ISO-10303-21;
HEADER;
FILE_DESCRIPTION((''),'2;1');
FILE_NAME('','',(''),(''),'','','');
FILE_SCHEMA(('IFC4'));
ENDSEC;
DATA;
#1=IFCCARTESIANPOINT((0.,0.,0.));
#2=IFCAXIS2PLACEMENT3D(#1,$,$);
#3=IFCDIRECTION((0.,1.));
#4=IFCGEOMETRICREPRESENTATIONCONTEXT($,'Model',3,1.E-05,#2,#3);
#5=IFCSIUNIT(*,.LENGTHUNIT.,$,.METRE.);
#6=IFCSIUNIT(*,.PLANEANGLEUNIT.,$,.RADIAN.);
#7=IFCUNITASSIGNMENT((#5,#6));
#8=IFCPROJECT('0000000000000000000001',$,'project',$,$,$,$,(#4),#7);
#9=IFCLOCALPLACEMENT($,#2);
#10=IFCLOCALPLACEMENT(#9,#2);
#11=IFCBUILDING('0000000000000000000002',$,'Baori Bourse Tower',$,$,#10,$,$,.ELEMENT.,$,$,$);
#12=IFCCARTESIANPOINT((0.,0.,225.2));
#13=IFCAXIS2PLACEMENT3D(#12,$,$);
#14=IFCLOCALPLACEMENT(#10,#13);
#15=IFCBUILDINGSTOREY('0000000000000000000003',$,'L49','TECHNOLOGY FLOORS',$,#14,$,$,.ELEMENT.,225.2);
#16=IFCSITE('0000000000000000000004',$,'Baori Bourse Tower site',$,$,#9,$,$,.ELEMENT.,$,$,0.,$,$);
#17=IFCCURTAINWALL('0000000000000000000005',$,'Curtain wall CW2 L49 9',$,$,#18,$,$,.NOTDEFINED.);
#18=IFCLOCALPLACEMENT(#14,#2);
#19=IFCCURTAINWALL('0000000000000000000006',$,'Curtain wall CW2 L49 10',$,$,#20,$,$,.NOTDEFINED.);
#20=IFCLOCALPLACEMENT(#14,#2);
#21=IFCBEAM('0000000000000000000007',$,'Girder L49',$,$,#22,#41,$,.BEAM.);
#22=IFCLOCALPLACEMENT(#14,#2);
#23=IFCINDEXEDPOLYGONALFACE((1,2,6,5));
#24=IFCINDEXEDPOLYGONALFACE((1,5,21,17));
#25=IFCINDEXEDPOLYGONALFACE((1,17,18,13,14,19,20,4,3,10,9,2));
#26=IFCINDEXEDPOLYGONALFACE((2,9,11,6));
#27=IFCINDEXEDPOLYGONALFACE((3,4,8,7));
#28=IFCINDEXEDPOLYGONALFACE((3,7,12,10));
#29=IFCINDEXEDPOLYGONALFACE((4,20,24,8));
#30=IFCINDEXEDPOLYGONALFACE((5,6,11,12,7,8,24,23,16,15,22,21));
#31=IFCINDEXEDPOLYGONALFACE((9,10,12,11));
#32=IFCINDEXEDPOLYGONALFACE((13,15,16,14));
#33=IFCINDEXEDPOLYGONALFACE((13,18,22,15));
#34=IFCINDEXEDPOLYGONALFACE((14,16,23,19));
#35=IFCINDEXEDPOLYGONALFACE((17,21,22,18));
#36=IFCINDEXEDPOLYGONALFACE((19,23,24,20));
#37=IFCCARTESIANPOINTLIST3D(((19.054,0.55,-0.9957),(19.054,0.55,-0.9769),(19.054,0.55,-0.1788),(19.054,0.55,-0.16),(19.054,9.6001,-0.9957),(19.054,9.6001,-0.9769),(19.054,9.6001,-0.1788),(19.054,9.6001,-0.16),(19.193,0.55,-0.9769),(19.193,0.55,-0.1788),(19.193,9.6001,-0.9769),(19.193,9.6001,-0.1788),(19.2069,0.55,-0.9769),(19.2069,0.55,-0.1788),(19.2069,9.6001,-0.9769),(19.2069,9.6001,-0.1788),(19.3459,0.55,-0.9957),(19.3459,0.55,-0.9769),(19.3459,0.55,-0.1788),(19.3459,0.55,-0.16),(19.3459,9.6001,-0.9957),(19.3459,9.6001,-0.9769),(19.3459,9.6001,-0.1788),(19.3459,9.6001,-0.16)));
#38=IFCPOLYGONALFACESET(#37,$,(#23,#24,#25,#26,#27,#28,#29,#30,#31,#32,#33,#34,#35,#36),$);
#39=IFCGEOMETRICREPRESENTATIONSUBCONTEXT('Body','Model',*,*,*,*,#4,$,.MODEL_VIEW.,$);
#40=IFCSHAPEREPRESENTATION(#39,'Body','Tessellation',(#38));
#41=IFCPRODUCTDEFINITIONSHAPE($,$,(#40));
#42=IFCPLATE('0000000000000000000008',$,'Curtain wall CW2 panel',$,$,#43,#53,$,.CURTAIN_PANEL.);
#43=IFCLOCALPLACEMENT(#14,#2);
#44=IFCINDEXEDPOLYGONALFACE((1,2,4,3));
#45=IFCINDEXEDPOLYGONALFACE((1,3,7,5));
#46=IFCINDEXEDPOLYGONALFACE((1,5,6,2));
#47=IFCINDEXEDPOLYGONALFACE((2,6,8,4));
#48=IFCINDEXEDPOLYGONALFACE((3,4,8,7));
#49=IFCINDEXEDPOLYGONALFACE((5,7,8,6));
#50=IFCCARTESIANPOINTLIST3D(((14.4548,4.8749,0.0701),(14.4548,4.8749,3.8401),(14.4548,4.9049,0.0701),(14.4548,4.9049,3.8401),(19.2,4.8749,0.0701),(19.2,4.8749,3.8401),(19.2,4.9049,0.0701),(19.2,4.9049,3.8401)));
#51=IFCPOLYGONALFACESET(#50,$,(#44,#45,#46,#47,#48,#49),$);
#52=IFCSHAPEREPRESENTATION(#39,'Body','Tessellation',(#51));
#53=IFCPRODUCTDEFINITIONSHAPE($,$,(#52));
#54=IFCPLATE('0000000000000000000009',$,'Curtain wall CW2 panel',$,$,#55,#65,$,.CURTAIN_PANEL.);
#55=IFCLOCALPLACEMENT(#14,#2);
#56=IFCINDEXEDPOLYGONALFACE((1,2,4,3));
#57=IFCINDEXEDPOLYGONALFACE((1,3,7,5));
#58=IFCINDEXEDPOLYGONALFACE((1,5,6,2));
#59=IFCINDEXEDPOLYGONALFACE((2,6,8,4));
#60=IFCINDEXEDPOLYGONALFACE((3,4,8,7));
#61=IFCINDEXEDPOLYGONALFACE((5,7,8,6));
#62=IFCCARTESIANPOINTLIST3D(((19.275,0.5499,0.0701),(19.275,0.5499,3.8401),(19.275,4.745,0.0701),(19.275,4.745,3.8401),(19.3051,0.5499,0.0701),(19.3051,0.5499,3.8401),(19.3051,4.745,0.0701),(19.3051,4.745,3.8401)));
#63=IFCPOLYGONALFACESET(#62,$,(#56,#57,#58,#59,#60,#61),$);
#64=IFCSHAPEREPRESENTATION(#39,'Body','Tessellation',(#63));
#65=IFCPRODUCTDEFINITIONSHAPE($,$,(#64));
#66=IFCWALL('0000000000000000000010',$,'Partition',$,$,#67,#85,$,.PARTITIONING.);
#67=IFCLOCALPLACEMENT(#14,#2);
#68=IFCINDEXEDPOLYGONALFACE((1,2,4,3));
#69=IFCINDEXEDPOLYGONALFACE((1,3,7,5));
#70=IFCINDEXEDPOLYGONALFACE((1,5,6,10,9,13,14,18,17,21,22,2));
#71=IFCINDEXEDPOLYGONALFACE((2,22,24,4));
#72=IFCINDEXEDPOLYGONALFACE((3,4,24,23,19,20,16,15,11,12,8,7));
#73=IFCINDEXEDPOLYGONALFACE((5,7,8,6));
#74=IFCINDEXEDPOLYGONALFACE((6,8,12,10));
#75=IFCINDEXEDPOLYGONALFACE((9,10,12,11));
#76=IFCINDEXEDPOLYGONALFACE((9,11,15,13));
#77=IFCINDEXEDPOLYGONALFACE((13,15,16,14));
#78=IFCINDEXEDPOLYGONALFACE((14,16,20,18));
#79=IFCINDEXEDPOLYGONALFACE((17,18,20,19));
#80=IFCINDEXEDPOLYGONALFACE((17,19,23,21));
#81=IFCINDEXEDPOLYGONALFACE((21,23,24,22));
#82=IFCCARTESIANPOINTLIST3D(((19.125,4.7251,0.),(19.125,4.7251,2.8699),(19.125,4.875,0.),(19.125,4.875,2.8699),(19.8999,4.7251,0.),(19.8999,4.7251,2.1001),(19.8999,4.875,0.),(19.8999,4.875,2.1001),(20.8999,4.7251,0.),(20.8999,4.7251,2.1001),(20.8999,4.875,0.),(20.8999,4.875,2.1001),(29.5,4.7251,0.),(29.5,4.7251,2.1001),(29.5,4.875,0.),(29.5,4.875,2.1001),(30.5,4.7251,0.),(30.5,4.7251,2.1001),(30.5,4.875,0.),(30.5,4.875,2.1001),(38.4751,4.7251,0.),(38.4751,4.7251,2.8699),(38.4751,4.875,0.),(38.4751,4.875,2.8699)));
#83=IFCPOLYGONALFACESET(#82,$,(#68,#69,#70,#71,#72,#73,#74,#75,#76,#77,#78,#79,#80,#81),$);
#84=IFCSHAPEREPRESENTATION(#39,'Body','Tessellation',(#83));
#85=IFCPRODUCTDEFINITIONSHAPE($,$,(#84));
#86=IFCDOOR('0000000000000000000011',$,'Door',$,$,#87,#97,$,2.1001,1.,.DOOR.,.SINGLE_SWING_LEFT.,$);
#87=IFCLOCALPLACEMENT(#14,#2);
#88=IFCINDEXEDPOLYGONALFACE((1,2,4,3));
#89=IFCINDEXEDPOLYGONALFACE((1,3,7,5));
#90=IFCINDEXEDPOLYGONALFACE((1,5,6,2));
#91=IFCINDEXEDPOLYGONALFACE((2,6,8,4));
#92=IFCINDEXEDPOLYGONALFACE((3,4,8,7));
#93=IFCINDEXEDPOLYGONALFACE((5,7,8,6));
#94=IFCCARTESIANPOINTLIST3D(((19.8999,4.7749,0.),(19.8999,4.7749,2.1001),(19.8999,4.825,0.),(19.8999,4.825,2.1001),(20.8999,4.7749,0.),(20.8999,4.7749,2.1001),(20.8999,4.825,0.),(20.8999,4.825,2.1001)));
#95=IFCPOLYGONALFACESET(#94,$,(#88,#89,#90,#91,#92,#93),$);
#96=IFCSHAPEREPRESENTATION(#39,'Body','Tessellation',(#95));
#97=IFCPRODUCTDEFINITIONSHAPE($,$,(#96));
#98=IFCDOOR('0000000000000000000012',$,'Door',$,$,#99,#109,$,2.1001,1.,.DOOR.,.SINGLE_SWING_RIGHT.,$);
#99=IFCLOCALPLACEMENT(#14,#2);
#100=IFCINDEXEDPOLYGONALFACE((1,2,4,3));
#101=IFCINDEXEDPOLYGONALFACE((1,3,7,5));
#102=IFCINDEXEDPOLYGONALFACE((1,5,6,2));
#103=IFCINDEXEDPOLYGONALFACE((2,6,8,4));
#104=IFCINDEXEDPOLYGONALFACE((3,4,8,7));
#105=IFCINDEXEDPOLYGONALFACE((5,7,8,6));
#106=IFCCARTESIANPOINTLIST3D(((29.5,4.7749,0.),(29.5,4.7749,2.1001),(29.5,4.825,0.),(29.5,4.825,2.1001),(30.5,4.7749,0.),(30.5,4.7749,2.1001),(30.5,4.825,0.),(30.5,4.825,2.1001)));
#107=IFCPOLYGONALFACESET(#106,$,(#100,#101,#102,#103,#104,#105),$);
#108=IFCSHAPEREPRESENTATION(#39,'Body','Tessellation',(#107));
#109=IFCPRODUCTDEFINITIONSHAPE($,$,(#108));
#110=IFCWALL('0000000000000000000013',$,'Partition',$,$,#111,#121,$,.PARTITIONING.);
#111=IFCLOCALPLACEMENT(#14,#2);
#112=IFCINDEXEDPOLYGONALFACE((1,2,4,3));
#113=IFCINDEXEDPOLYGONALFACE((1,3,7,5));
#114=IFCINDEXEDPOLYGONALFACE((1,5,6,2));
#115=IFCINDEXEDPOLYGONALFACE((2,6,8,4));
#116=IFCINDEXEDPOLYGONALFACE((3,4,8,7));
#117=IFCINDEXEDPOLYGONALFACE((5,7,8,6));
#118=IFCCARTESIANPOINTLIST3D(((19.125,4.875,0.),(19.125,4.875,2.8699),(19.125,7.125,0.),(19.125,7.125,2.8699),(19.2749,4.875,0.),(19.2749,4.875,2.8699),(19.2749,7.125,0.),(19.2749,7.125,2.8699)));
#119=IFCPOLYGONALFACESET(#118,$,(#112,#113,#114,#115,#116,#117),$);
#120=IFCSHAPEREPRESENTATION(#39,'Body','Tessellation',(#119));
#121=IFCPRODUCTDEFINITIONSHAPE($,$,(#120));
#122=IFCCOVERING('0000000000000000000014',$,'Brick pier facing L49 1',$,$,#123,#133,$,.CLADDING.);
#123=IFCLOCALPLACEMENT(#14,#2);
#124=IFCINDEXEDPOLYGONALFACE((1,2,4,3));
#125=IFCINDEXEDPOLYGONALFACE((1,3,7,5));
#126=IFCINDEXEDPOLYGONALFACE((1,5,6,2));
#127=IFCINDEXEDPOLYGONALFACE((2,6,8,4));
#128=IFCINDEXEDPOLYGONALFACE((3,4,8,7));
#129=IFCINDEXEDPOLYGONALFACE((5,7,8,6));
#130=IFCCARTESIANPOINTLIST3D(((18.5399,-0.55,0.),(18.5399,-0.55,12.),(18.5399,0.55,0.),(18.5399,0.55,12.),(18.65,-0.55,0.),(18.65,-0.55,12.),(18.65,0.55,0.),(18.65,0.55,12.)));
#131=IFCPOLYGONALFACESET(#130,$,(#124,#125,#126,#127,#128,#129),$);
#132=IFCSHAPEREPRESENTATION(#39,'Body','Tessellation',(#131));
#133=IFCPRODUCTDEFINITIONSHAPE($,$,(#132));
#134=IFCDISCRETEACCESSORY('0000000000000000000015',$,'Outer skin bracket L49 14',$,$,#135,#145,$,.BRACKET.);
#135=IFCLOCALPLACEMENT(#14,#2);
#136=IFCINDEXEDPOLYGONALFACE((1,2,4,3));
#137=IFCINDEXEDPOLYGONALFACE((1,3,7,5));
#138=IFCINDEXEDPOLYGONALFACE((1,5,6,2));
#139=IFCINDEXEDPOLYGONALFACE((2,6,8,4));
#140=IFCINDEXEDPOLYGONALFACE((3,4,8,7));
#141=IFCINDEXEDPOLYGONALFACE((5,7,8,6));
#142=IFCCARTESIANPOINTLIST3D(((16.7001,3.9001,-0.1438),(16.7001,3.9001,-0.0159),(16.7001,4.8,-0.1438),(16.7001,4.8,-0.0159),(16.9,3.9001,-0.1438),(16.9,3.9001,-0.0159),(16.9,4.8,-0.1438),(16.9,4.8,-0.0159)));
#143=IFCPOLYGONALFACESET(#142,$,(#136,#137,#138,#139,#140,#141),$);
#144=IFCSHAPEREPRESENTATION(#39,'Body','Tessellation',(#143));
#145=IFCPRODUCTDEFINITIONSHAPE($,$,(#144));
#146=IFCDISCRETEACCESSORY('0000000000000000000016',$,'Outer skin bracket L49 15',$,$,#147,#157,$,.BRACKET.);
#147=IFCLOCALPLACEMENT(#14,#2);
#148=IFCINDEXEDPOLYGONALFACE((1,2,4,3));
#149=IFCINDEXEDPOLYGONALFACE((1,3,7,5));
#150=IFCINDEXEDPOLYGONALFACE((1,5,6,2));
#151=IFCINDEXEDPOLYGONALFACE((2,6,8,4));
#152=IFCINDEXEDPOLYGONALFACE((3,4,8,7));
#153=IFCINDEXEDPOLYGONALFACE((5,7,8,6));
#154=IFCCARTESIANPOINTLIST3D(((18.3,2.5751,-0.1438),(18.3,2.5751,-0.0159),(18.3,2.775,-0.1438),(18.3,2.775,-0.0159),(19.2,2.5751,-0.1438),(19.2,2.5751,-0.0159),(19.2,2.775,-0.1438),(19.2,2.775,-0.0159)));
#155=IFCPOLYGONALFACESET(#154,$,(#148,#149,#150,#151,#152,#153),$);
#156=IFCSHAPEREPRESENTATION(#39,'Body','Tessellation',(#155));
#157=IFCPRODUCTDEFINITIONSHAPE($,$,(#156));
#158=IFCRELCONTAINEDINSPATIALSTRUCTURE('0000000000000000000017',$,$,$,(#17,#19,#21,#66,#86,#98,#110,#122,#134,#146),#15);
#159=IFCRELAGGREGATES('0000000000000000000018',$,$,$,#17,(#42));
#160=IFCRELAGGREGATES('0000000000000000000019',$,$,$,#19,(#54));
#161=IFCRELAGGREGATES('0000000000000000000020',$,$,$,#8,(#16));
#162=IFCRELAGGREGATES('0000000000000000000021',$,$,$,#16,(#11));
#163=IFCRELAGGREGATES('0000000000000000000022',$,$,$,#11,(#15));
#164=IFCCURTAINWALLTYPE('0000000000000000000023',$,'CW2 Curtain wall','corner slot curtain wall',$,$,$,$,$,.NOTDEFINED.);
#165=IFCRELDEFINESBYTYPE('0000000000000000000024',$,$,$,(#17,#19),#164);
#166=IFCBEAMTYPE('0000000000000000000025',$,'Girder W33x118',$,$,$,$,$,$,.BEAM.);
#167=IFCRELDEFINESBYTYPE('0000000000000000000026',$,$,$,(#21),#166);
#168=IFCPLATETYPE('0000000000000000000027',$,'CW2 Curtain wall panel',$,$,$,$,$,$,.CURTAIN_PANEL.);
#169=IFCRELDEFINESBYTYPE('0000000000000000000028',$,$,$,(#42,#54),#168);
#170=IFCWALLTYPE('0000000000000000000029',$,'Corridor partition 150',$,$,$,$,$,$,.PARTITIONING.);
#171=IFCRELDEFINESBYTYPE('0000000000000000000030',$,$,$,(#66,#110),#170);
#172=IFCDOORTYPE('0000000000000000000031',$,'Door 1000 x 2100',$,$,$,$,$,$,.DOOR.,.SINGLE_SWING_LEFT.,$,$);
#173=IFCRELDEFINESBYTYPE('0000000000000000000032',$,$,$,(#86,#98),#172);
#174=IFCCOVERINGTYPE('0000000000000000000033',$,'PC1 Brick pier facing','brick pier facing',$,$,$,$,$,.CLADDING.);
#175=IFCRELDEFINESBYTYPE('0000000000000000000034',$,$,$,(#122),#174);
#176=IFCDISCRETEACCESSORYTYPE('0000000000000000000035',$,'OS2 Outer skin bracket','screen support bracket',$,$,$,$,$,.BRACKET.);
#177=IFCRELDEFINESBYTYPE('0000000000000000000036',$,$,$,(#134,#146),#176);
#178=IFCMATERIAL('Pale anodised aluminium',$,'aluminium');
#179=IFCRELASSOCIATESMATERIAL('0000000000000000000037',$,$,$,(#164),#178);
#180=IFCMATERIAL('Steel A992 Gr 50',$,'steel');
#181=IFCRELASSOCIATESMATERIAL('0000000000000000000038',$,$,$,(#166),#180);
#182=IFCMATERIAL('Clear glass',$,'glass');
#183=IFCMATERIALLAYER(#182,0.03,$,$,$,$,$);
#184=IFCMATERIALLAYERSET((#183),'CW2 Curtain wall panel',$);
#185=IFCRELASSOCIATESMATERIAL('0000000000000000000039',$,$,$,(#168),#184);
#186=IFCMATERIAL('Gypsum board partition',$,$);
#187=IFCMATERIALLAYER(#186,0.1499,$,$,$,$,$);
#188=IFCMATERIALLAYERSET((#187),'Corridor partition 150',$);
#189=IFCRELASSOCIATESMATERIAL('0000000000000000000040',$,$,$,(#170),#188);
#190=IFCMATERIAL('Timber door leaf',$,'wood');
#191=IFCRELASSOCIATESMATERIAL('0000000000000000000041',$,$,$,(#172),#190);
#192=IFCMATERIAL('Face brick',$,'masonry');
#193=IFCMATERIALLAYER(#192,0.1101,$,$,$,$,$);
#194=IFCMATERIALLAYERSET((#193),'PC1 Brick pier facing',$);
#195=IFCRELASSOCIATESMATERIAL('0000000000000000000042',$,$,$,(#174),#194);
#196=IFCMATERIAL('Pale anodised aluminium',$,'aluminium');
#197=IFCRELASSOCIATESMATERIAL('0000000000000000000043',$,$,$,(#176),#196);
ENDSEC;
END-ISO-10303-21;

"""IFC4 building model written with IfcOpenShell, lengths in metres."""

from ifc_helpers import new_model, si_unit, direction, frame, frame_2d, origin, origin_2d, place, context, subcontext, project, spatial, rectangle, i_section, extrude, material, layer, layer_set, material_profile, profile_set, type_object, element, fill, aggregate, save


model = new_model("IFC4")

# Units and contexts
model_context = context("Model", 3, precision=1e-05, world=origin(), true_north=direction((0.0, 1.0)))
body_context = subcontext(model_context, "Body", "Model", "MODEL_VIEW")
ifc_project = project(units=[si_unit("LENGTHUNIT", "METRE"), si_unit("PLANEANGLEUNIT", "RADIAN")], contexts=[model_context])

# Site, building, storey
site_placement = place(None, origin())
site = spatial("IfcSite", under=ifc_project, at=site_placement, Name="Baori Bourse Tower site", CompositionType="ELEMENT", RefElevation=0.0)
building_placement = place(site_placement, origin())
building = spatial("IfcBuilding", under=site, at=building_placement, Name="Baori Bourse Tower", CompositionType="ELEMENT")
storey_placement = place(building_placement, frame((0.0, 0.0, 225.2)))
storey = spatial("IfcBuildingStorey", under=building, at=storey_placement, Name="L49", Description="TECHNOLOGY FLOORS", CompositionType="ELEMENT", Elevation=225.2)

# Curtain walls
ifc_material_1 = material(Name="Pale anodised aluminium", Category="aluminium")
curtain_wall_type_1 = type_object("IfcCurtainWallType", Name="CW2 Curtain wall", Description="corner slot curtain wall", PredefinedType="NOTDEFINED", material=ifc_material_1)
curtain_wall_1_placement = place(storey_placement, origin())
curtain_wall_1 = element("IfcCurtainWall", 1, at=curtain_wall_1_placement, inside=storey, type_object=curtain_wall_type_1, Name="Curtain wall CW2 L49 9", PredefinedType="NOTDEFINED")
curtain_wall_2_placement = place(storey_placement, origin())
curtain_wall_2 = element("IfcCurtainWall", 2, at=curtain_wall_2_placement, inside=storey, type_object=curtain_wall_type_1, Name="Curtain wall CW2 L49 10", PredefinedType="NOTDEFINED")

# Beam
ifc_material_2 = material(Name="Steel A992 Gr 50", Category="steel")
ifc_material_profile_1 = material_profile(ifc_material_2, i_section(OverallWidth=0.292, OverallDepth=0.8357, WebThickness=0.0139, FlangeThickness=0.0188, at=origin_2d()), Name="W33x118")
ifc_profile_set_1 = profile_set([ifc_material_profile_1], Name="Steel A992 Gr 50")
beam_type_1 = type_object("IfcBeamType", Name="Girder W33x118", PredefinedType="BEAM", material=ifc_profile_set_1)
beam_1_placement = place(storey_placement, frame((19.2, 0.55, -0.5779), z_axis=(0.0, 1.0, 0.0), x_axis=(-1.0, 0.0, 0.0)))
element("IfcBeam", 3, at=beam_1_placement, inside=storey, type_object=beam_type_1, Name="Girder L49", PredefinedType="BEAM", context=body_context, shape_type="SweptSolid", body=[
    extrude(i_section(OverallWidth=0.292, OverallDepth=0.8357, WebThickness=0.0139, FlangeThickness=0.0188, at=origin_2d()), origin(), (0.0, 0.0, 1.0), 9.05),
])

# Plates
ifc_material_3 = material(Name="Clear glass", Category="glass")
ifc_layer_1 = layer(ifc_material_3, 0.03)
ifc_layer_set_1 = layer_set([ifc_layer_1], Name="CW2 Curtain wall panel")
plate_type = type_object("IfcPlateType", Name="CW2 Curtain wall panel", PredefinedType="CURTAIN_PANEL", material=ifc_layer_set_1)
plate_1_placement = place(storey_placement, frame((16.8274, 4.8899, 0.0701), z_axis=(0.0, 0.0, 1.0), x_axis=(1.0, 0.0, 0.0)))
plate_1 = element("IfcPlate", 4, at=plate_1_placement, type_object=plate_type, Name="Curtain wall CW2 panel", PredefinedType="CURTAIN_PANEL", context=body_context, shape_type="SweptSolid", body=[
    extrude(rectangle(XDim=4.7451, YDim=0.03, at=origin_2d()), origin(), (0.0, 0.0, 1.0), 3.77),
])
aggregate(curtain_wall_1, [plate_1])
plate_2_placement = place(storey_placement, frame((19.29, 2.6475, 0.0701), z_axis=(0.0, 0.0, 1.0), x_axis=(0.0, -1.0, 0.0)))
plate_2 = element("IfcPlate", 5, at=plate_2_placement, type_object=plate_type, Name="Curtain wall CW2 panel", PredefinedType="CURTAIN_PANEL", context=body_context, shape_type="SweptSolid", body=[
    extrude(rectangle(XDim=4.1951, YDim=0.03, at=origin_2d()), origin(), (0.0, 0.0, 1.0), 3.77),
])
aggregate(curtain_wall_2, [plate_2])

# Wall, openings, doors
ifc_material_4 = material(Name="Gypsum board partition")
ifc_layer_2 = layer(ifc_material_4, 0.1499)
ifc_layer_set_2 = layer_set([ifc_layer_2], Name="Corridor partition 150")
wall_type = type_object("IfcWallType", Name="Corridor partition 150", PredefinedType="PARTITIONING", material=ifc_layer_set_2)
wall_1_placement = place(storey_placement, frame((19.125, 4.8, 0.0), z_axis=(0.0, 0.0, 1.0), x_axis=(1.0, 0.0, 0.0)))
wall_1 = element("IfcWall", 6, at=wall_1_placement, inside=storey, type_object=wall_type, Name="Partition", PredefinedType="PARTITIONING", context=body_context, shape_type="SweptSolid", body=[
    extrude(rectangle(XDim=19.3501, YDim=0.1499, at=frame_2d((9.675, 0.0))), origin(), (0.0, 0.0, 1.0), 2.8699),
])
opening_1_placement = place(wall_1_placement, frame((0.7749, 0.0, 0.0)))
opening_1 = element("IfcOpeningElement", 7, at=opening_1_placement, cuts=wall_1, PredefinedType="OPENING", context=body_context, shape_type="SweptSolid", body=[
    extrude(rectangle(XDim=1.0, YDim=2.1001, at=frame_2d((0.5, 1.05))), frame((0.0, 0.085, 0.0), z_axis=(0.0, -1.0, 0.0), x_axis=(1.0, 0.0, 0.0)), (0.0, 0.0, 1.0), 0.1699),
])
opening_2_placement = place(wall_1_placement, frame((10.375, 0.0, 0.0)))
opening_2 = element("IfcOpeningElement", 8, at=opening_2_placement, cuts=wall_1, PredefinedType="OPENING", context=body_context, shape_type="SweptSolid", body=[
    extrude(rectangle(XDim=1.0, YDim=2.1001, at=frame_2d((0.5, 1.05))), frame((0.0, 0.085, 0.0), z_axis=(0.0, -1.0, 0.0), x_axis=(1.0, 0.0, 0.0)), (0.0, 0.0, 1.0), 0.1699),
])
ifc_material_5 = material(Name="Timber door leaf", Category="wood")
door_type = type_object("IfcDoorType", Name="Door 1000 x 2100", OperationType="SINGLE_SWING_LEFT", PredefinedType="DOOR", material=ifc_material_5)
door_1_placement = place(opening_1_placement, origin())
door_1 = element("IfcDoor", 9, at=door_1_placement, inside=storey, type_object=door_type, Name="Door", OperationType="SINGLE_SWING_LEFT", OverallHeight=2.1001, OverallWidth=1.0, PredefinedType="DOOR", context=body_context, shape_type="SweptSolid", body=[
    extrude(rectangle(XDim=1.0, YDim=2.1001, at=frame_2d((0.5, 1.05))), frame((0.0, 0.0249, 0.0), z_axis=(0.0, -1.0, 0.0), x_axis=(1.0, 0.0, 0.0)), (0.0, 0.0, 1.0), 0.05),
])
fill(opening_1, door_1)
door_2_placement = place(opening_2_placement, origin())
door_2 = element("IfcDoor", 10, at=door_2_placement, inside=storey, type_object=door_type, Name="Door", OperationType="SINGLE_SWING_RIGHT", OverallHeight=2.1001, OverallWidth=1.0, PredefinedType="DOOR", context=body_context, shape_type="SweptSolid", body=[
    extrude(rectangle(XDim=1.0, YDim=2.1001, at=frame_2d((0.5, 1.05))), frame((0.0, 0.0249, 0.0), z_axis=(0.0, -1.0, 0.0), x_axis=(1.0, 0.0, 0.0)), (0.0, 0.0, 1.0), 0.05),
])
fill(opening_2, door_2)

# Wall
wall_2_placement = place(storey_placement, frame((19.2, 4.875, 0.0), z_axis=(0.0, 0.0, 1.0), x_axis=(0.0, 1.0, 0.0)))
element("IfcWall", 11, at=wall_2_placement, inside=storey, type_object=wall_type, Name="Partition", PredefinedType="PARTITIONING", context=body_context, shape_type="SweptSolid", body=[
    extrude(rectangle(XDim=2.25, YDim=0.1499, at=frame_2d((1.125, 0.0))), origin(), (0.0, 0.0, 1.0), 2.8699),
])

# Covering
ifc_material_6 = material(Name="Face brick", Category="masonry")
ifc_layer_3 = layer(ifc_material_6, 0.1101)
ifc_layer_set_3 = layer_set([ifc_layer_3], Name="PC1 Brick pier facing")
covering_type = type_object("IfcCoveringType", Name="PC1 Brick pier facing", Description="brick pier facing", PredefinedType="CLADDING", material=ifc_layer_set_3)
covering_placement = place(storey_placement, frame((18.595, 0.0, 0.0), z_axis=(0.0, 0.0, 1.0), x_axis=(1.0, 0.0, 0.0)))
element("IfcCovering", 12, at=covering_placement, inside=storey, type_object=covering_type, Name="Brick pier facing L49 1", PredefinedType="CLADDING", context=body_context, shape_type="SweptSolid", body=[
    extrude(rectangle(XDim=0.1101, YDim=1.1001, at=origin_2d()), origin(), (0.0, 0.0, 1.0), 12.0),
])

# Discrete accessories
ifc_material_7 = material(Name="Pale anodised aluminium", Category="aluminium")
discrete_accessory_type = type_object("IfcDiscreteAccessoryType", Name="OS2 Outer skin bracket", Description="screen support bracket", PredefinedType="BRACKET", material=ifc_material_7)
for number, where, z_axis, x_axis, name in (
    (13, (16.8, 4.3501, -0.1438), (0.0, 0.0, 1.0), (1.0, 0.0, 0.0), "Outer skin bracket L49 14"),
    (14, (18.75, 2.675, -0.1438), (0.0, 0.0, 1.0), (0.0, -1.0, 0.0), "Outer skin bracket L49 15"),
):
    element("IfcDiscreteAccessory", number, at=place(storey_placement, frame(where, z_axis=z_axis, x_axis=x_axis)), inside=storey, type_object=discrete_accessory_type, Name=name, PredefinedType="BRACKET", context=body_context, shape_type="SweptSolid", body=[
        extrude(rectangle(XDim=0.2, YDim=0.8999, at=origin_2d()), origin(), (0.0, 0.0, 1.0), 0.1279),
    ])

save(model, "model.ifc")
